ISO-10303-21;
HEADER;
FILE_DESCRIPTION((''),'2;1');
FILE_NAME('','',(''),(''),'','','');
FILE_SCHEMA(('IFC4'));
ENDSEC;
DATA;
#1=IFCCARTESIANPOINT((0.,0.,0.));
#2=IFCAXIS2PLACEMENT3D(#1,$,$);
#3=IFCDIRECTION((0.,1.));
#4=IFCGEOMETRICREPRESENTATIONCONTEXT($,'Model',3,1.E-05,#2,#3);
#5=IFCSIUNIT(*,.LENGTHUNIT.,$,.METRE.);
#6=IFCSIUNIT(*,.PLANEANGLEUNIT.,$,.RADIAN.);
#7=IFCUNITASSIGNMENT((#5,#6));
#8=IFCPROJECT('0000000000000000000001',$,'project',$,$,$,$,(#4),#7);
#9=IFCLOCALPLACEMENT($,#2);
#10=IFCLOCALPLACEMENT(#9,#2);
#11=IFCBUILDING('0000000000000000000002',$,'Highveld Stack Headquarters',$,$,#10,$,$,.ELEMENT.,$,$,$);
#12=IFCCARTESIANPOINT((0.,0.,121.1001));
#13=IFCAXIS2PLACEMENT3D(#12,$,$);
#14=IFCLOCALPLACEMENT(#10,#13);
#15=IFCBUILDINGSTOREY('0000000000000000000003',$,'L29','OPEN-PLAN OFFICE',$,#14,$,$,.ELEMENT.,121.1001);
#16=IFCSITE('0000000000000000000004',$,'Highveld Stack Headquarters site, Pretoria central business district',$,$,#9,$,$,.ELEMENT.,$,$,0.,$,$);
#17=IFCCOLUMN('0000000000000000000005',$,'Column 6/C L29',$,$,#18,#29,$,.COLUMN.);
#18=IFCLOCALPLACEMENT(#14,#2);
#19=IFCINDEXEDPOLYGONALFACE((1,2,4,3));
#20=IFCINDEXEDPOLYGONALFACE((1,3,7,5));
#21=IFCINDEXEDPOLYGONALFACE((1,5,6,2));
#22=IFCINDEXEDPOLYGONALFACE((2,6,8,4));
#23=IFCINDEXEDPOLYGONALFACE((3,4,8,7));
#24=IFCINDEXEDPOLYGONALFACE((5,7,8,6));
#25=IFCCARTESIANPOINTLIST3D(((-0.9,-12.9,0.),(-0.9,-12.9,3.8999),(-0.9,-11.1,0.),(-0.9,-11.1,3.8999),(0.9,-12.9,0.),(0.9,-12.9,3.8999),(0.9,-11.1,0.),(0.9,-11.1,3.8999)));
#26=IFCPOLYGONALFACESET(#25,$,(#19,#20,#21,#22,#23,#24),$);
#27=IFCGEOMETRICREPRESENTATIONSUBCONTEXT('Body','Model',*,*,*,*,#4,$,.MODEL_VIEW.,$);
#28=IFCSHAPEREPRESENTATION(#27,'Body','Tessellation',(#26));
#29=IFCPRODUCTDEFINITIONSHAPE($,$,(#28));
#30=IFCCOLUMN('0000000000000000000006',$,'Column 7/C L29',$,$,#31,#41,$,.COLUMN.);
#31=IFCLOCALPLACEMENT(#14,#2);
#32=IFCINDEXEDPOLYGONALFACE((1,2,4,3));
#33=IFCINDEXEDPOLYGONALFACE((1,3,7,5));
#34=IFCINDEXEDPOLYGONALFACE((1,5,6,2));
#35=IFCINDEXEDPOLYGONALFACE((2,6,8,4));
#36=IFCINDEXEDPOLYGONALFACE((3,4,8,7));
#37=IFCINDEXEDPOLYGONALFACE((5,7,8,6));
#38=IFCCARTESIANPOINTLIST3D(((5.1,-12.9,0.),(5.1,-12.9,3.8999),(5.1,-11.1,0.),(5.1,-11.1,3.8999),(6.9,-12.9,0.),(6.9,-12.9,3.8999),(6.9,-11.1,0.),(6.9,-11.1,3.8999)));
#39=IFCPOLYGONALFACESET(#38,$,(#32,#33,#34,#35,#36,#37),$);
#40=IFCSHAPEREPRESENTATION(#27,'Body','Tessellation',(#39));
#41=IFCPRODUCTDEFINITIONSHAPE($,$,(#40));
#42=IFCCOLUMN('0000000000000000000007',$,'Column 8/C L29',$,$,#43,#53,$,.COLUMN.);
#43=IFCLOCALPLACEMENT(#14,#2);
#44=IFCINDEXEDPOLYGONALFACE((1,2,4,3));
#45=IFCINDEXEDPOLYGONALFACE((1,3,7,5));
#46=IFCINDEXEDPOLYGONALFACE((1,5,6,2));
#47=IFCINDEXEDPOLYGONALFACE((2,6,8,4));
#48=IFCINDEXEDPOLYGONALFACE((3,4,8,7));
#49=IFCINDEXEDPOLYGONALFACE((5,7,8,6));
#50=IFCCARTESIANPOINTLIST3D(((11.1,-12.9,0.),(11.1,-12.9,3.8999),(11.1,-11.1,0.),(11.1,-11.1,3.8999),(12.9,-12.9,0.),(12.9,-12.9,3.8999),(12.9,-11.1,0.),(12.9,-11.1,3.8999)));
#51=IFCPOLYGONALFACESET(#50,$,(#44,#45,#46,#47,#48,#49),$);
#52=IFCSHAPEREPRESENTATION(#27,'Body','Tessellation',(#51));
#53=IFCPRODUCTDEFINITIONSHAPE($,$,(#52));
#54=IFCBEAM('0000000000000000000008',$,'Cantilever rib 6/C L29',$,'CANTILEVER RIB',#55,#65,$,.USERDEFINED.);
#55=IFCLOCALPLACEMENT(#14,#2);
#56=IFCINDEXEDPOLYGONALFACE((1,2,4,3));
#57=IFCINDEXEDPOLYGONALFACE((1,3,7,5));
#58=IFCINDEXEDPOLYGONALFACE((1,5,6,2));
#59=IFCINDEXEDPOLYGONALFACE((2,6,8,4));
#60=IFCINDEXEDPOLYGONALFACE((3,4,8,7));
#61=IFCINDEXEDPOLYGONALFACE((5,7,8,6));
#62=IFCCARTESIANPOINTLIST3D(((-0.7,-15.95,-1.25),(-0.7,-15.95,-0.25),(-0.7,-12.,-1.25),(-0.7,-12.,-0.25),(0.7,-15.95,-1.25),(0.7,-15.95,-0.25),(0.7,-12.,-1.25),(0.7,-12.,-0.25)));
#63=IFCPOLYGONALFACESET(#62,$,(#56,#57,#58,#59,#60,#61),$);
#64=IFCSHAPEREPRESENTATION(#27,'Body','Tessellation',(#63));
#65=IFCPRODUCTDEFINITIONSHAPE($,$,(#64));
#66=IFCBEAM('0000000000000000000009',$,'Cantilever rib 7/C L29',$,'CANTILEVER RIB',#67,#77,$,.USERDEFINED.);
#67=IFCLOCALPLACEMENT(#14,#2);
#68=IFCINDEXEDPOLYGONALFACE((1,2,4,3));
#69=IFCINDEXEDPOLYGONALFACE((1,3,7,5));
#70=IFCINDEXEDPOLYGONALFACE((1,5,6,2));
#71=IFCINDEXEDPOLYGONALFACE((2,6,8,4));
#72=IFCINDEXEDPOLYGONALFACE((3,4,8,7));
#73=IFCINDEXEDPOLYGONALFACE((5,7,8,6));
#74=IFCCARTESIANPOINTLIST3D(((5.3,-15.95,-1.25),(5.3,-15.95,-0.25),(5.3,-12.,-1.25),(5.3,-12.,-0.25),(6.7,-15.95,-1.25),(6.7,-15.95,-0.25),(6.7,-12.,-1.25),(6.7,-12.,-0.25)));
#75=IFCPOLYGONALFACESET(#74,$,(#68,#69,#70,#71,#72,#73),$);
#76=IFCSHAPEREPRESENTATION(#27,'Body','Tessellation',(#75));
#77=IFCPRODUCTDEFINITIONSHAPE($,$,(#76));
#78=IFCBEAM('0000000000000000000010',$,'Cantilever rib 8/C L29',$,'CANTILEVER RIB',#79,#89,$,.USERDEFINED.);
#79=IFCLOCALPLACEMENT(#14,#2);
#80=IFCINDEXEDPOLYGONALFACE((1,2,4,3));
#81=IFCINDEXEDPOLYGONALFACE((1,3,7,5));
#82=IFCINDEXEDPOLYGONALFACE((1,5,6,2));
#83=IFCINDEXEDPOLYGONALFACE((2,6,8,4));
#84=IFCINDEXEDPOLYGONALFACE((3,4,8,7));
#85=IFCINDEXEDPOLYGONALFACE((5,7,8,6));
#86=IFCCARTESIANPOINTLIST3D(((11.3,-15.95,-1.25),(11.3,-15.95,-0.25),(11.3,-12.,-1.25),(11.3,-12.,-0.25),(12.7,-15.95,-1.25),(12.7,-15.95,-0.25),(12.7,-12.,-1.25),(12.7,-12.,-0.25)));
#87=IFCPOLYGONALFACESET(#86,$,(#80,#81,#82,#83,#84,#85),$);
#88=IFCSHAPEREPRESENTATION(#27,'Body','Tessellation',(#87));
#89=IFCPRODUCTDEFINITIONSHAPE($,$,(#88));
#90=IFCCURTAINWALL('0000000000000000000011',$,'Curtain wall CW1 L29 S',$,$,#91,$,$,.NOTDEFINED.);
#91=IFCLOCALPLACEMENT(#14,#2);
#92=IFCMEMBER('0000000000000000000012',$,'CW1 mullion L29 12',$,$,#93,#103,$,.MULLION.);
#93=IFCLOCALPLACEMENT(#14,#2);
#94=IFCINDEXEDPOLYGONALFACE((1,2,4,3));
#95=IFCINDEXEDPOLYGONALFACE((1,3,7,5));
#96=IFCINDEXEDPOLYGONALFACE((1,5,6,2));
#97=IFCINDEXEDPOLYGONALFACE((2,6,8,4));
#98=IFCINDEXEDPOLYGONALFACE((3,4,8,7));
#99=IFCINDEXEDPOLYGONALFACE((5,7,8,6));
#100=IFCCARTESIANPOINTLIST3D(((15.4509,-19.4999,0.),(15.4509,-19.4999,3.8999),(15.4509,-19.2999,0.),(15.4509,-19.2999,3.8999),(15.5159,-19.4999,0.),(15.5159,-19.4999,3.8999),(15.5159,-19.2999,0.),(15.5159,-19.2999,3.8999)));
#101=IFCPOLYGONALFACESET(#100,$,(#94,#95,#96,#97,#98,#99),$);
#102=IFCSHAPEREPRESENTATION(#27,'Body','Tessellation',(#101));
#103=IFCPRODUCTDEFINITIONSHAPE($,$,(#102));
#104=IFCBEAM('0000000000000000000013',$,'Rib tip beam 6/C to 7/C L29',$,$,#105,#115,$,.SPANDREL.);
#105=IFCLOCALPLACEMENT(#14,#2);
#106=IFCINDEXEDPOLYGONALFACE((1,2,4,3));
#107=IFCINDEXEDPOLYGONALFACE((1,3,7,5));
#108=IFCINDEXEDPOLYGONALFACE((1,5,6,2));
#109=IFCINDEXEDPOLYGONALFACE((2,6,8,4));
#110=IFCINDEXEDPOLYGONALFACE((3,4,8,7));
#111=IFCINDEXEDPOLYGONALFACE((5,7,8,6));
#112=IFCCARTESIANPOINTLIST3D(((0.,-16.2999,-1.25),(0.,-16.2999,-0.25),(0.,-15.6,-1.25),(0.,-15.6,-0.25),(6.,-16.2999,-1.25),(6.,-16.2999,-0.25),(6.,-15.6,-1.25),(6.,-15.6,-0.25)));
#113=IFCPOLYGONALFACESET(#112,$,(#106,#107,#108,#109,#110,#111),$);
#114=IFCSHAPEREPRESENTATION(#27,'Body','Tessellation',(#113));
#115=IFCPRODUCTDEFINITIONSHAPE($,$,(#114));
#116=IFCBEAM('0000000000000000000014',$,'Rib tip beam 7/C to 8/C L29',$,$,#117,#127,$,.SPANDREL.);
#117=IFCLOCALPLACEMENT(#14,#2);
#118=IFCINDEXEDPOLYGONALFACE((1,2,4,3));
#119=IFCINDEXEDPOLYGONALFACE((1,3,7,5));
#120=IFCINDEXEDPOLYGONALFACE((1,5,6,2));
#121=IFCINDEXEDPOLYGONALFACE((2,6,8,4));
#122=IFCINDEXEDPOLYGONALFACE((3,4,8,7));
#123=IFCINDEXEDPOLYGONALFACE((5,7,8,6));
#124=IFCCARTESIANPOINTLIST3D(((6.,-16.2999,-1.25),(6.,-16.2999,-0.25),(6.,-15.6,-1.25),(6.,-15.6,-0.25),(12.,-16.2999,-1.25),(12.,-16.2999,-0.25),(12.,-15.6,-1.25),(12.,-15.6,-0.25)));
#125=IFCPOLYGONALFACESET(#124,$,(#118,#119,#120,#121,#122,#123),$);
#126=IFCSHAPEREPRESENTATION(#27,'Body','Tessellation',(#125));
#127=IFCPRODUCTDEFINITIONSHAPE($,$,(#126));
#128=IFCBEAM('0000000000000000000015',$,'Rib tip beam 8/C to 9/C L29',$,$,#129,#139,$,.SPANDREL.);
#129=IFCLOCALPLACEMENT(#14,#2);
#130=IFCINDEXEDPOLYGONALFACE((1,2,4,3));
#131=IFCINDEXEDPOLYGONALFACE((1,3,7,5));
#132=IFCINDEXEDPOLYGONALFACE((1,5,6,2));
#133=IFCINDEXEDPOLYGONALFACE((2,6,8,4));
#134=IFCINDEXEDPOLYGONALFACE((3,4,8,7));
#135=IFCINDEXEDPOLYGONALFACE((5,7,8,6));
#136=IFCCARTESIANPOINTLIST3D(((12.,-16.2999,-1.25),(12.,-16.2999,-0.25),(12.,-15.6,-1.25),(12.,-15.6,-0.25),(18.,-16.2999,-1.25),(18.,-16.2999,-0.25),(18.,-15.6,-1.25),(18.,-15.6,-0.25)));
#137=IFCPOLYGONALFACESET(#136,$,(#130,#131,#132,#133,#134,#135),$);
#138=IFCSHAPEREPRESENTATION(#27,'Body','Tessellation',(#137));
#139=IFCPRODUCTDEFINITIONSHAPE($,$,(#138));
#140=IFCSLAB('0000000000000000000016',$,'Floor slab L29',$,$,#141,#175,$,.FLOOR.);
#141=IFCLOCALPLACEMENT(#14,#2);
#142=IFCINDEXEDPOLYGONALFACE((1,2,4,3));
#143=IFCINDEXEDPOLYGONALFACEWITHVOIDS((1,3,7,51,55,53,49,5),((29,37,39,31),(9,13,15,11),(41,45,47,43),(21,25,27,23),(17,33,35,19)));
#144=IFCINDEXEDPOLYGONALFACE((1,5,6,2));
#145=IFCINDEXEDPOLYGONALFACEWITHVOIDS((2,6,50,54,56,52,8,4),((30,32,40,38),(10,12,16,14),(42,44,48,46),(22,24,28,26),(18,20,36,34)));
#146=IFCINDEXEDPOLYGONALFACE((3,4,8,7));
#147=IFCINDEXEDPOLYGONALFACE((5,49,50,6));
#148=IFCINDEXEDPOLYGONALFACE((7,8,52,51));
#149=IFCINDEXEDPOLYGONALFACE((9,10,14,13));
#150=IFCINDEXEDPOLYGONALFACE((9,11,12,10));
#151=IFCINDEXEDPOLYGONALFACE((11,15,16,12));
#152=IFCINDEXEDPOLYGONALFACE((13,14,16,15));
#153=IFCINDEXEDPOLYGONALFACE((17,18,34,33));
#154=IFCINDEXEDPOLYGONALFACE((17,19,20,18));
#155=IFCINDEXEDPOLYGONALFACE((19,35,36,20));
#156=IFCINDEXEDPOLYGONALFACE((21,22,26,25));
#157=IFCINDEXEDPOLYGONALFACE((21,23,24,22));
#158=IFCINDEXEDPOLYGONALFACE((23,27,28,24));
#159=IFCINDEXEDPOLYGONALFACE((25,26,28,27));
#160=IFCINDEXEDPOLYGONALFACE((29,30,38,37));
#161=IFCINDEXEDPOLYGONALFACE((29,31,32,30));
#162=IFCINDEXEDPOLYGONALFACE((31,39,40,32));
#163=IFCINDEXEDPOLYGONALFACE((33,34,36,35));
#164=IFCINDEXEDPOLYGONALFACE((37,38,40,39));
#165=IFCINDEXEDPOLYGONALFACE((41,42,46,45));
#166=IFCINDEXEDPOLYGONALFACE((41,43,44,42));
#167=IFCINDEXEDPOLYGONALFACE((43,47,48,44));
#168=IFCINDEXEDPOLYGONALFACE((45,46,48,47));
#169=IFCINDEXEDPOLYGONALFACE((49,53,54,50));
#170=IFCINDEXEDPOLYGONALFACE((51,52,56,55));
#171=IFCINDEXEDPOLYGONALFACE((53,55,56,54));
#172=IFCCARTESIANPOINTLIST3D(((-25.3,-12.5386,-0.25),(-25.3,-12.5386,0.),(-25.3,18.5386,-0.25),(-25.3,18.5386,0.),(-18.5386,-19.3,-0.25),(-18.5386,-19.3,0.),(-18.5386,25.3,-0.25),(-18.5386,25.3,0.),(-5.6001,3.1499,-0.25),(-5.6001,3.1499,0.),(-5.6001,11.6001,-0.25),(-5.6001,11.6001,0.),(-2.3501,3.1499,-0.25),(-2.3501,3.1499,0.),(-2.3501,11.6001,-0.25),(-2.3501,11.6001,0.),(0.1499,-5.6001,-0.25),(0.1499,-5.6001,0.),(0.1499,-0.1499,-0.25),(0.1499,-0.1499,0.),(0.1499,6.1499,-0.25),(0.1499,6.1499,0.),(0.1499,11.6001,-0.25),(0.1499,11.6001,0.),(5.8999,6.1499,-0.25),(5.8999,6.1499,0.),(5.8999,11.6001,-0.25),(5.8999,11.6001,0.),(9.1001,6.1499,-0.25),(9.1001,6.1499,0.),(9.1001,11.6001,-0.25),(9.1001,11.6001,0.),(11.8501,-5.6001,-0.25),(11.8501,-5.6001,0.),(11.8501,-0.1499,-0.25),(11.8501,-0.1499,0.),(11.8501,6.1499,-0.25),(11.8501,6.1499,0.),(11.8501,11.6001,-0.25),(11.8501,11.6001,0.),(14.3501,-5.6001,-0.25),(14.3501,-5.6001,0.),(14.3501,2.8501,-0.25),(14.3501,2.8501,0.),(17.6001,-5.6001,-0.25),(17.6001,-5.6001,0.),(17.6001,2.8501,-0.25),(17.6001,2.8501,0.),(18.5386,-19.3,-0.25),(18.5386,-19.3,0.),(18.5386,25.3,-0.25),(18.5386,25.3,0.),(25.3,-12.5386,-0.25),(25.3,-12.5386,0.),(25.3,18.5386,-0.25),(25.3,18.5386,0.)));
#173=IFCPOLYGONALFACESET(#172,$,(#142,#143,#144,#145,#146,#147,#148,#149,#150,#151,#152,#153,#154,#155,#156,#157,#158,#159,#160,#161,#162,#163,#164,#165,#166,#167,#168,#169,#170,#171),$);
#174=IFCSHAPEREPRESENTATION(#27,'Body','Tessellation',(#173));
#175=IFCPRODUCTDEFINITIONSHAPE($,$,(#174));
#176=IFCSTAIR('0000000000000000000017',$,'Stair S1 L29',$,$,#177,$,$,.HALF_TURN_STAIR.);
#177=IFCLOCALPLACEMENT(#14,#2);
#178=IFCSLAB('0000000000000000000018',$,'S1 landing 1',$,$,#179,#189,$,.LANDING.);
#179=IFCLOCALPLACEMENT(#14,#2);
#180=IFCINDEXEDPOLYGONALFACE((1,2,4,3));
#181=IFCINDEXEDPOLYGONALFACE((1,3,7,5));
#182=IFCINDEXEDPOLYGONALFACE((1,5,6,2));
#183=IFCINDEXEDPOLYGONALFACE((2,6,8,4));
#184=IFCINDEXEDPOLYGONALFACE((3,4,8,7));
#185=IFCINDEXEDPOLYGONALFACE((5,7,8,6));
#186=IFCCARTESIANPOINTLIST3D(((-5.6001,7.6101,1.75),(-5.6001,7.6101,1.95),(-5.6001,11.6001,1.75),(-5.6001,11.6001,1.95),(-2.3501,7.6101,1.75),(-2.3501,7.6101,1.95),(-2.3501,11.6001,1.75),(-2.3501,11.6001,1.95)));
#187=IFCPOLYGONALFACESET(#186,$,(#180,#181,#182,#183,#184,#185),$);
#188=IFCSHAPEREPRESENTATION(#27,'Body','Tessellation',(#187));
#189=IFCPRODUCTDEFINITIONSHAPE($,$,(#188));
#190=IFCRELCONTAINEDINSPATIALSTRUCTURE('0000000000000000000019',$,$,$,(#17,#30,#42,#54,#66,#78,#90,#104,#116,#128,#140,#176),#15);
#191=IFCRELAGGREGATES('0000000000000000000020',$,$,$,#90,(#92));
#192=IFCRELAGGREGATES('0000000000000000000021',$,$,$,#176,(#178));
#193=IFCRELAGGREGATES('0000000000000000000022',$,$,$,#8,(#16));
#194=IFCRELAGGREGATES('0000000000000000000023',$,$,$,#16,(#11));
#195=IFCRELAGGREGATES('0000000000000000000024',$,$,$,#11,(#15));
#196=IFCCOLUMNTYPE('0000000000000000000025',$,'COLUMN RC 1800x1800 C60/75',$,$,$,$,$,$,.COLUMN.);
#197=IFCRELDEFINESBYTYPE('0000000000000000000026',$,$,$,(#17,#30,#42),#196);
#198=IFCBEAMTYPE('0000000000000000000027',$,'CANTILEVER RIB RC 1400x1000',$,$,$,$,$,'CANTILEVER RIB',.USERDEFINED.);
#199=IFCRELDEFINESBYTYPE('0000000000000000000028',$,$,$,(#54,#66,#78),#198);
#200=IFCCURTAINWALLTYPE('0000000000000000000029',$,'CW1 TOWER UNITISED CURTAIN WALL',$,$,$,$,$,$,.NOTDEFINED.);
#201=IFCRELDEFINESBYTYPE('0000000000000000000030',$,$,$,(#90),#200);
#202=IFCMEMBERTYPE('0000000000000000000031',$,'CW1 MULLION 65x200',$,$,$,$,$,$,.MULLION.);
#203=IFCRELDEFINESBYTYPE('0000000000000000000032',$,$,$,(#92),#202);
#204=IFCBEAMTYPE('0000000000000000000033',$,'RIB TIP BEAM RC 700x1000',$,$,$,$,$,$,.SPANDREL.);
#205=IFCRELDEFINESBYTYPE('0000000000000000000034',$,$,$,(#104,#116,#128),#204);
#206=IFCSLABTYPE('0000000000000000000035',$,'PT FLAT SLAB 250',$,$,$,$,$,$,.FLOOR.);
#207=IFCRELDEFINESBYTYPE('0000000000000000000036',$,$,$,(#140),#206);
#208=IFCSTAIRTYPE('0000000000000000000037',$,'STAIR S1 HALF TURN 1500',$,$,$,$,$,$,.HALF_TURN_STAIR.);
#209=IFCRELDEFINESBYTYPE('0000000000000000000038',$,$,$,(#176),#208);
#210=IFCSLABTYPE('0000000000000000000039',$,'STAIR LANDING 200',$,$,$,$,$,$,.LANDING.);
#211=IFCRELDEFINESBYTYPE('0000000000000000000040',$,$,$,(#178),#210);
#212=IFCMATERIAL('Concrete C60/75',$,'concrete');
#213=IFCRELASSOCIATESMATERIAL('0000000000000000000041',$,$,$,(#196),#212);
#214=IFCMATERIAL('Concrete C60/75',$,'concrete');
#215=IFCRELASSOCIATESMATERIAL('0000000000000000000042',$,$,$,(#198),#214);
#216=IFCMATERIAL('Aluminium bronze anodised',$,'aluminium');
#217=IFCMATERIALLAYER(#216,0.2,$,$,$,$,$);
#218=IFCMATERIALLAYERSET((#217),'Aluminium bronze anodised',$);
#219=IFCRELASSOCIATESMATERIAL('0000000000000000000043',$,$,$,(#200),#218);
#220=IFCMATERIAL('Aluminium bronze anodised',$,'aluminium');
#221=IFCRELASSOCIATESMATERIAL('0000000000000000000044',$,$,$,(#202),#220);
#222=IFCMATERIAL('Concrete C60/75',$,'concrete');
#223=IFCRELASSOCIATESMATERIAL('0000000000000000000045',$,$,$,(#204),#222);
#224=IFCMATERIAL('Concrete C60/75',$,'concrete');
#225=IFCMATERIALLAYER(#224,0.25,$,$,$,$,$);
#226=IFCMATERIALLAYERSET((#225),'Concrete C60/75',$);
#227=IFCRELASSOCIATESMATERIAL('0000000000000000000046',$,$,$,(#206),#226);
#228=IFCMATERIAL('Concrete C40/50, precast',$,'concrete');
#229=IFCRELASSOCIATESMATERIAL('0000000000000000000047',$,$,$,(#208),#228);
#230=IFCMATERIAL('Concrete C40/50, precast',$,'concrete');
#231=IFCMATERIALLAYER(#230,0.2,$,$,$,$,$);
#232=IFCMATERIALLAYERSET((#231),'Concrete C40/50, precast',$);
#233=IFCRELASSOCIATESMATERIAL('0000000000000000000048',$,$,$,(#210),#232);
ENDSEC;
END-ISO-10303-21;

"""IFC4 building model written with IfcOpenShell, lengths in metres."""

from ifc_helpers import new_model, si_unit, direction, frame, origin, origin_2d, place, context, subcontext, project, spatial, polyline, rectangle, outline, extrude, material, layer, layer_set, material_profile, profile_set, type_object, element, aggregate, save


model = new_model("IFC4")

# Units and contexts
model_context = context("Model", 3, precision=1e-05, world=origin(), true_north=direction((0.0, 1.0)))
body_context = subcontext(model_context, "Body", "Model", "MODEL_VIEW")
ifc_project = project(units=[si_unit("LENGTHUNIT", "METRE"), si_unit("PLANEANGLEUNIT", "RADIAN")], contexts=[model_context])

# Site, building, storey
site_placement = place(None, origin())
site = spatial("IfcSite", under=ifc_project, at=site_placement, Name="Highveld Stack Headquarters site, Pretoria central business district", CompositionType="ELEMENT", RefElevation=0.0)
building_placement = place(site_placement, origin())
building = spatial("IfcBuilding", under=site, at=building_placement, Name="Highveld Stack Headquarters", CompositionType="ELEMENT")
storey_placement = place(building_placement, frame((0.0, 0.0, 121.1001)))
storey = spatial("IfcBuildingStorey", under=building, at=storey_placement, Name="L29", Description="OPEN-PLAN OFFICE", CompositionType="ELEMENT", Elevation=121.1001)

# Columns
ifc_material_1 = material(Name="Concrete C60/75", Category="concrete")
ifc_material_profile_1 = material_profile(ifc_material_1, rectangle(XDim=1.8, YDim=1.8, at=origin_2d()), Name="RC 1800x1800")
ifc_profile_set_1 = profile_set([ifc_material_profile_1], Name="Concrete C60/75")
column_type = type_object("IfcColumnType", Name="COLUMN RC 1800x1800 C60/75", PredefinedType="COLUMN", material=ifc_profile_set_1)
for number, where, z_axis, x_axis, name in (
    (1, (0.0, -12.0, 0.0), (0.0, 0.0, 1.0), (1.0, 0.0, 0.0), "Column 6/C L29"),
    (2, (6.0, -12.0, 0.0), (0.0, 0.0, 1.0), (1.0, 0.0, 0.0), "Column 7/C L29"),
    (3, (12.0, -12.0, 0.0), (0.0, 0.0, 1.0), (1.0, 0.0, 0.0), "Column 8/C L29"),
):
    element("IfcColumn", number, at=place(storey_placement, frame(where, z_axis=z_axis, x_axis=x_axis)), inside=storey, type_object=column_type, Name=name, PredefinedType="COLUMN", context=body_context, shape_type="SweptSolid", body=[
        extrude(rectangle(XDim=1.8, YDim=1.8, at=origin_2d()), origin(), (0.0, 0.0, 1.0), 3.8999),
    ])

# Beams
ifc_material_2 = material(Name="Concrete C60/75", Category="concrete")
ifc_material_profile_2 = material_profile(ifc_material_2, rectangle(XDim=1.3999, YDim=1.0, at=origin_2d()), Name="RC 1400x1000")
ifc_profile_set_2 = profile_set([ifc_material_profile_2], Name="Concrete C60/75")
beam_type_1 = type_object("IfcBeamType", Name="CANTILEVER RIB RC 1400x1000", ElementType="CANTILEVER RIB", PredefinedType="USERDEFINED", material=ifc_profile_set_2)
for number, where, z_axis, x_axis, name in (
    (4, (0.0, -12.0, -0.75), (0.0, -1.0, 0.0), (1.0, 0.0, 0.0), "Cantilever rib 6/C L29"),
    (5, (6.0, -12.0, -0.75), (0.0, -1.0, 0.0), (1.0, 0.0, 0.0), "Cantilever rib 7/C L29"),
    (6, (12.0, -12.0, -0.75), (0.0, -1.0, 0.0), (1.0, 0.0, 0.0), "Cantilever rib 8/C L29"),
):
    element("IfcBeam", number, at=place(storey_placement, frame(where, z_axis=z_axis, x_axis=x_axis)), inside=storey, type_object=beam_type_1, Name=name, ObjectType="CANTILEVER RIB", PredefinedType="USERDEFINED", context=body_context, shape_type="SweptSolid", body=[
        extrude(rectangle(XDim=1.3999, YDim=1.0, at=origin_2d()), origin(), (0.0, 0.0, 1.0), 3.95),
    ])

# Curtain wall, member
ifc_material_3 = material(Name="Aluminium bronze anodised", Category="aluminium")
ifc_layer_1 = layer(ifc_material_3, 0.2)
ifc_layer_set_1 = layer_set([ifc_layer_1], Name="Aluminium bronze anodised")
curtain_wall_type = type_object("IfcCurtainWallType", Name="CW1 TOWER UNITISED CURTAIN WALL", PredefinedType="NOTDEFINED", material=ifc_layer_set_1)
curtain_wall_placement = place(storey_placement, origin())
curtain_wall = element("IfcCurtainWall", 7, at=curtain_wall_placement, inside=storey, type_object=curtain_wall_type, Name="Curtain wall CW1 L29 S", PredefinedType="NOTDEFINED")
ifc_material_4 = material(Name="Aluminium bronze anodised", Category="aluminium")
ifc_material_profile_3 = material_profile(ifc_material_4, rectangle(XDim=0.2, YDim=0.0649, at=origin_2d()), Name="CW1 MULLION 65x200")
ifc_profile_set_3 = profile_set([ifc_material_profile_3], Name="Aluminium bronze anodised")
member_type = type_object("IfcMemberType", Name="CW1 MULLION 65x200", PredefinedType="MULLION", material=ifc_profile_set_3)
member_placement = place(storey_placement, frame((15.4834, -19.3999, 0.0), z_axis=(0.0, 0.0, 1.0), x_axis=(0.0, 1.0, 0.0)))
member = element("IfcMember", 8, at=member_placement, type_object=member_type, Name="CW1 mullion L29 12", PredefinedType="MULLION", context=body_context, shape_type="SweptSolid", body=[
    extrude(rectangle(XDim=0.2, YDim=0.0649, at=origin_2d()), origin(), (0.0, 0.0, 1.0), 3.8999),
])
aggregate(curtain_wall, [member])

# Beams
ifc_material_5 = material(Name="Concrete C60/75", Category="concrete")
ifc_material_profile_4 = material_profile(ifc_material_5, rectangle(XDim=0.7, YDim=1.0, at=origin_2d()), Name="RC 700x1000")
ifc_profile_set_4 = profile_set([ifc_material_profile_4], Name="Concrete C60/75")
beam_type_2 = type_object("IfcBeamType", Name="RIB TIP BEAM RC 700x1000", PredefinedType="SPANDREL", material=ifc_profile_set_4)
for number, where, z_axis, x_axis, name in (
    (9, (0.0, -15.95, -0.75), (1.0, 0.0, 0.0), (0.0, 1.0, 0.0), "Rib tip beam 6/C to 7/C L29"),
    (10, (6.0, -15.95, -0.75), (1.0, 0.0, 0.0), (0.0, 1.0, 0.0), "Rib tip beam 7/C to 8/C L29"),
    (11, (12.0, -15.95, -0.75), (1.0, 0.0, 0.0), (0.0, 1.0, 0.0), "Rib tip beam 8/C to 9/C L29"),
):
    element("IfcBeam", number, at=place(storey_placement, frame(where, z_axis=z_axis, x_axis=x_axis)), inside=storey, type_object=beam_type_2, Name=name, PredefinedType="SPANDREL", context=body_context, shape_type="SweptSolid", body=[
        extrude(rectangle(XDim=0.7, YDim=1.0, at=origin_2d()), origin(), (0.0, 0.0, 1.0), 6.0),
    ])

# Slab
ifc_material_6 = material(Name="Concrete C60/75", Category="concrete")
ifc_layer_2 = layer(ifc_material_6, 0.25)
ifc_layer_set_2 = layer_set([ifc_layer_2], Name="Concrete C60/75")
slab_type_1 = type_object("IfcSlabType", Name="PT FLAT SLAB 250", PredefinedType="FLOOR", material=ifc_layer_set_2)
slab_1_placement = place(storey_placement, frame((0.0, 0.0, -0.25)))
element("IfcSlab", 12, at=slab_1_placement, inside=storey, type_object=slab_type_1, Name="Floor slab L29", PredefinedType="FLOOR", context=body_context, shape_type="SweptSolid", body=[
    extrude(outline(polyline([(-18.5386, -19.3), (18.5386, -19.3), (25.3, -12.5386), (25.3, 18.5386), (18.5386, 25.3), (-18.5386, 25.3), (-25.3, 18.5386), (-25.3, -12.5386), (-18.5386, -19.3)]), holes=[polyline([(0.1499, 6.1499), (5.8999, 6.1499), (5.8999, 11.6001), (0.1499, 11.6001), (0.1499, 6.1499)]), polyline([(9.1001, 6.1499), (11.8501, 6.1499), (11.8501, 11.6001), (9.1001, 11.6001), (9.1001, 6.1499)]), polyline([(0.1499, -5.6001), (11.8501, -5.6001), (11.8501, -0.1499), (0.1499, -0.1499), (0.1499, -5.6001)]), polyline([(-5.6001, 3.1499), (-2.3501, 3.1499), (-2.3501, 11.6001), (-5.6001, 11.6001), (-5.6001, 3.1499)]), polyline([(14.3501, -5.6001), (17.6001, -5.6001), (17.6001, 2.8501), (14.3501, 2.8501), (14.3501, -5.6001)])]), origin(), (0.0, 0.0, 1.0), 0.25),
])

# Stair, slab
ifc_material_7 = material(Name="Concrete C40/50, precast", Category="concrete")
stair_type_1 = type_object("IfcStairType", Name="STAIR S1 HALF TURN 1500", PredefinedType="HALF_TURN_STAIR", material=ifc_material_7)
stair_1_placement = place(storey_placement, origin())
stair_1 = element("IfcStair", 13, at=stair_1_placement, inside=storey, type_object=stair_type_1, Name="Stair S1 L29", PredefinedType="HALF_TURN_STAIR")
ifc_material_8 = material(Name="Concrete C40/50, precast", Category="concrete")
ifc_layer_3 = layer(ifc_material_8, 0.2)
ifc_layer_set_3 = layer_set([ifc_layer_3], Name="Concrete C40/50, precast")
slab_type_2 = type_object("IfcSlabType", Name="STAIR LANDING 200", PredefinedType="LANDING", material=ifc_layer_set_3)
slab_2_placement = place(storey_placement, frame((0.0, 0.0, 1.75)))
slab_2 = element("IfcSlab", 14, at=slab_2_placement, type_object=slab_type_2, Name="S1 landing 1", PredefinedType="LANDING", context=body_context, shape_type="SweptSolid", body=[
    extrude(outline(polyline([(-5.6001, 7.6101), (-2.3501, 7.6101), (-2.3501, 11.6001), (-5.6001, 11.6001), (-5.6001, 7.6101)])), origin(), (0.0, 0.0, 1.0), 0.2),
])
aggregate(stair_1, [slab_2])

save(model, "model.ifc")
